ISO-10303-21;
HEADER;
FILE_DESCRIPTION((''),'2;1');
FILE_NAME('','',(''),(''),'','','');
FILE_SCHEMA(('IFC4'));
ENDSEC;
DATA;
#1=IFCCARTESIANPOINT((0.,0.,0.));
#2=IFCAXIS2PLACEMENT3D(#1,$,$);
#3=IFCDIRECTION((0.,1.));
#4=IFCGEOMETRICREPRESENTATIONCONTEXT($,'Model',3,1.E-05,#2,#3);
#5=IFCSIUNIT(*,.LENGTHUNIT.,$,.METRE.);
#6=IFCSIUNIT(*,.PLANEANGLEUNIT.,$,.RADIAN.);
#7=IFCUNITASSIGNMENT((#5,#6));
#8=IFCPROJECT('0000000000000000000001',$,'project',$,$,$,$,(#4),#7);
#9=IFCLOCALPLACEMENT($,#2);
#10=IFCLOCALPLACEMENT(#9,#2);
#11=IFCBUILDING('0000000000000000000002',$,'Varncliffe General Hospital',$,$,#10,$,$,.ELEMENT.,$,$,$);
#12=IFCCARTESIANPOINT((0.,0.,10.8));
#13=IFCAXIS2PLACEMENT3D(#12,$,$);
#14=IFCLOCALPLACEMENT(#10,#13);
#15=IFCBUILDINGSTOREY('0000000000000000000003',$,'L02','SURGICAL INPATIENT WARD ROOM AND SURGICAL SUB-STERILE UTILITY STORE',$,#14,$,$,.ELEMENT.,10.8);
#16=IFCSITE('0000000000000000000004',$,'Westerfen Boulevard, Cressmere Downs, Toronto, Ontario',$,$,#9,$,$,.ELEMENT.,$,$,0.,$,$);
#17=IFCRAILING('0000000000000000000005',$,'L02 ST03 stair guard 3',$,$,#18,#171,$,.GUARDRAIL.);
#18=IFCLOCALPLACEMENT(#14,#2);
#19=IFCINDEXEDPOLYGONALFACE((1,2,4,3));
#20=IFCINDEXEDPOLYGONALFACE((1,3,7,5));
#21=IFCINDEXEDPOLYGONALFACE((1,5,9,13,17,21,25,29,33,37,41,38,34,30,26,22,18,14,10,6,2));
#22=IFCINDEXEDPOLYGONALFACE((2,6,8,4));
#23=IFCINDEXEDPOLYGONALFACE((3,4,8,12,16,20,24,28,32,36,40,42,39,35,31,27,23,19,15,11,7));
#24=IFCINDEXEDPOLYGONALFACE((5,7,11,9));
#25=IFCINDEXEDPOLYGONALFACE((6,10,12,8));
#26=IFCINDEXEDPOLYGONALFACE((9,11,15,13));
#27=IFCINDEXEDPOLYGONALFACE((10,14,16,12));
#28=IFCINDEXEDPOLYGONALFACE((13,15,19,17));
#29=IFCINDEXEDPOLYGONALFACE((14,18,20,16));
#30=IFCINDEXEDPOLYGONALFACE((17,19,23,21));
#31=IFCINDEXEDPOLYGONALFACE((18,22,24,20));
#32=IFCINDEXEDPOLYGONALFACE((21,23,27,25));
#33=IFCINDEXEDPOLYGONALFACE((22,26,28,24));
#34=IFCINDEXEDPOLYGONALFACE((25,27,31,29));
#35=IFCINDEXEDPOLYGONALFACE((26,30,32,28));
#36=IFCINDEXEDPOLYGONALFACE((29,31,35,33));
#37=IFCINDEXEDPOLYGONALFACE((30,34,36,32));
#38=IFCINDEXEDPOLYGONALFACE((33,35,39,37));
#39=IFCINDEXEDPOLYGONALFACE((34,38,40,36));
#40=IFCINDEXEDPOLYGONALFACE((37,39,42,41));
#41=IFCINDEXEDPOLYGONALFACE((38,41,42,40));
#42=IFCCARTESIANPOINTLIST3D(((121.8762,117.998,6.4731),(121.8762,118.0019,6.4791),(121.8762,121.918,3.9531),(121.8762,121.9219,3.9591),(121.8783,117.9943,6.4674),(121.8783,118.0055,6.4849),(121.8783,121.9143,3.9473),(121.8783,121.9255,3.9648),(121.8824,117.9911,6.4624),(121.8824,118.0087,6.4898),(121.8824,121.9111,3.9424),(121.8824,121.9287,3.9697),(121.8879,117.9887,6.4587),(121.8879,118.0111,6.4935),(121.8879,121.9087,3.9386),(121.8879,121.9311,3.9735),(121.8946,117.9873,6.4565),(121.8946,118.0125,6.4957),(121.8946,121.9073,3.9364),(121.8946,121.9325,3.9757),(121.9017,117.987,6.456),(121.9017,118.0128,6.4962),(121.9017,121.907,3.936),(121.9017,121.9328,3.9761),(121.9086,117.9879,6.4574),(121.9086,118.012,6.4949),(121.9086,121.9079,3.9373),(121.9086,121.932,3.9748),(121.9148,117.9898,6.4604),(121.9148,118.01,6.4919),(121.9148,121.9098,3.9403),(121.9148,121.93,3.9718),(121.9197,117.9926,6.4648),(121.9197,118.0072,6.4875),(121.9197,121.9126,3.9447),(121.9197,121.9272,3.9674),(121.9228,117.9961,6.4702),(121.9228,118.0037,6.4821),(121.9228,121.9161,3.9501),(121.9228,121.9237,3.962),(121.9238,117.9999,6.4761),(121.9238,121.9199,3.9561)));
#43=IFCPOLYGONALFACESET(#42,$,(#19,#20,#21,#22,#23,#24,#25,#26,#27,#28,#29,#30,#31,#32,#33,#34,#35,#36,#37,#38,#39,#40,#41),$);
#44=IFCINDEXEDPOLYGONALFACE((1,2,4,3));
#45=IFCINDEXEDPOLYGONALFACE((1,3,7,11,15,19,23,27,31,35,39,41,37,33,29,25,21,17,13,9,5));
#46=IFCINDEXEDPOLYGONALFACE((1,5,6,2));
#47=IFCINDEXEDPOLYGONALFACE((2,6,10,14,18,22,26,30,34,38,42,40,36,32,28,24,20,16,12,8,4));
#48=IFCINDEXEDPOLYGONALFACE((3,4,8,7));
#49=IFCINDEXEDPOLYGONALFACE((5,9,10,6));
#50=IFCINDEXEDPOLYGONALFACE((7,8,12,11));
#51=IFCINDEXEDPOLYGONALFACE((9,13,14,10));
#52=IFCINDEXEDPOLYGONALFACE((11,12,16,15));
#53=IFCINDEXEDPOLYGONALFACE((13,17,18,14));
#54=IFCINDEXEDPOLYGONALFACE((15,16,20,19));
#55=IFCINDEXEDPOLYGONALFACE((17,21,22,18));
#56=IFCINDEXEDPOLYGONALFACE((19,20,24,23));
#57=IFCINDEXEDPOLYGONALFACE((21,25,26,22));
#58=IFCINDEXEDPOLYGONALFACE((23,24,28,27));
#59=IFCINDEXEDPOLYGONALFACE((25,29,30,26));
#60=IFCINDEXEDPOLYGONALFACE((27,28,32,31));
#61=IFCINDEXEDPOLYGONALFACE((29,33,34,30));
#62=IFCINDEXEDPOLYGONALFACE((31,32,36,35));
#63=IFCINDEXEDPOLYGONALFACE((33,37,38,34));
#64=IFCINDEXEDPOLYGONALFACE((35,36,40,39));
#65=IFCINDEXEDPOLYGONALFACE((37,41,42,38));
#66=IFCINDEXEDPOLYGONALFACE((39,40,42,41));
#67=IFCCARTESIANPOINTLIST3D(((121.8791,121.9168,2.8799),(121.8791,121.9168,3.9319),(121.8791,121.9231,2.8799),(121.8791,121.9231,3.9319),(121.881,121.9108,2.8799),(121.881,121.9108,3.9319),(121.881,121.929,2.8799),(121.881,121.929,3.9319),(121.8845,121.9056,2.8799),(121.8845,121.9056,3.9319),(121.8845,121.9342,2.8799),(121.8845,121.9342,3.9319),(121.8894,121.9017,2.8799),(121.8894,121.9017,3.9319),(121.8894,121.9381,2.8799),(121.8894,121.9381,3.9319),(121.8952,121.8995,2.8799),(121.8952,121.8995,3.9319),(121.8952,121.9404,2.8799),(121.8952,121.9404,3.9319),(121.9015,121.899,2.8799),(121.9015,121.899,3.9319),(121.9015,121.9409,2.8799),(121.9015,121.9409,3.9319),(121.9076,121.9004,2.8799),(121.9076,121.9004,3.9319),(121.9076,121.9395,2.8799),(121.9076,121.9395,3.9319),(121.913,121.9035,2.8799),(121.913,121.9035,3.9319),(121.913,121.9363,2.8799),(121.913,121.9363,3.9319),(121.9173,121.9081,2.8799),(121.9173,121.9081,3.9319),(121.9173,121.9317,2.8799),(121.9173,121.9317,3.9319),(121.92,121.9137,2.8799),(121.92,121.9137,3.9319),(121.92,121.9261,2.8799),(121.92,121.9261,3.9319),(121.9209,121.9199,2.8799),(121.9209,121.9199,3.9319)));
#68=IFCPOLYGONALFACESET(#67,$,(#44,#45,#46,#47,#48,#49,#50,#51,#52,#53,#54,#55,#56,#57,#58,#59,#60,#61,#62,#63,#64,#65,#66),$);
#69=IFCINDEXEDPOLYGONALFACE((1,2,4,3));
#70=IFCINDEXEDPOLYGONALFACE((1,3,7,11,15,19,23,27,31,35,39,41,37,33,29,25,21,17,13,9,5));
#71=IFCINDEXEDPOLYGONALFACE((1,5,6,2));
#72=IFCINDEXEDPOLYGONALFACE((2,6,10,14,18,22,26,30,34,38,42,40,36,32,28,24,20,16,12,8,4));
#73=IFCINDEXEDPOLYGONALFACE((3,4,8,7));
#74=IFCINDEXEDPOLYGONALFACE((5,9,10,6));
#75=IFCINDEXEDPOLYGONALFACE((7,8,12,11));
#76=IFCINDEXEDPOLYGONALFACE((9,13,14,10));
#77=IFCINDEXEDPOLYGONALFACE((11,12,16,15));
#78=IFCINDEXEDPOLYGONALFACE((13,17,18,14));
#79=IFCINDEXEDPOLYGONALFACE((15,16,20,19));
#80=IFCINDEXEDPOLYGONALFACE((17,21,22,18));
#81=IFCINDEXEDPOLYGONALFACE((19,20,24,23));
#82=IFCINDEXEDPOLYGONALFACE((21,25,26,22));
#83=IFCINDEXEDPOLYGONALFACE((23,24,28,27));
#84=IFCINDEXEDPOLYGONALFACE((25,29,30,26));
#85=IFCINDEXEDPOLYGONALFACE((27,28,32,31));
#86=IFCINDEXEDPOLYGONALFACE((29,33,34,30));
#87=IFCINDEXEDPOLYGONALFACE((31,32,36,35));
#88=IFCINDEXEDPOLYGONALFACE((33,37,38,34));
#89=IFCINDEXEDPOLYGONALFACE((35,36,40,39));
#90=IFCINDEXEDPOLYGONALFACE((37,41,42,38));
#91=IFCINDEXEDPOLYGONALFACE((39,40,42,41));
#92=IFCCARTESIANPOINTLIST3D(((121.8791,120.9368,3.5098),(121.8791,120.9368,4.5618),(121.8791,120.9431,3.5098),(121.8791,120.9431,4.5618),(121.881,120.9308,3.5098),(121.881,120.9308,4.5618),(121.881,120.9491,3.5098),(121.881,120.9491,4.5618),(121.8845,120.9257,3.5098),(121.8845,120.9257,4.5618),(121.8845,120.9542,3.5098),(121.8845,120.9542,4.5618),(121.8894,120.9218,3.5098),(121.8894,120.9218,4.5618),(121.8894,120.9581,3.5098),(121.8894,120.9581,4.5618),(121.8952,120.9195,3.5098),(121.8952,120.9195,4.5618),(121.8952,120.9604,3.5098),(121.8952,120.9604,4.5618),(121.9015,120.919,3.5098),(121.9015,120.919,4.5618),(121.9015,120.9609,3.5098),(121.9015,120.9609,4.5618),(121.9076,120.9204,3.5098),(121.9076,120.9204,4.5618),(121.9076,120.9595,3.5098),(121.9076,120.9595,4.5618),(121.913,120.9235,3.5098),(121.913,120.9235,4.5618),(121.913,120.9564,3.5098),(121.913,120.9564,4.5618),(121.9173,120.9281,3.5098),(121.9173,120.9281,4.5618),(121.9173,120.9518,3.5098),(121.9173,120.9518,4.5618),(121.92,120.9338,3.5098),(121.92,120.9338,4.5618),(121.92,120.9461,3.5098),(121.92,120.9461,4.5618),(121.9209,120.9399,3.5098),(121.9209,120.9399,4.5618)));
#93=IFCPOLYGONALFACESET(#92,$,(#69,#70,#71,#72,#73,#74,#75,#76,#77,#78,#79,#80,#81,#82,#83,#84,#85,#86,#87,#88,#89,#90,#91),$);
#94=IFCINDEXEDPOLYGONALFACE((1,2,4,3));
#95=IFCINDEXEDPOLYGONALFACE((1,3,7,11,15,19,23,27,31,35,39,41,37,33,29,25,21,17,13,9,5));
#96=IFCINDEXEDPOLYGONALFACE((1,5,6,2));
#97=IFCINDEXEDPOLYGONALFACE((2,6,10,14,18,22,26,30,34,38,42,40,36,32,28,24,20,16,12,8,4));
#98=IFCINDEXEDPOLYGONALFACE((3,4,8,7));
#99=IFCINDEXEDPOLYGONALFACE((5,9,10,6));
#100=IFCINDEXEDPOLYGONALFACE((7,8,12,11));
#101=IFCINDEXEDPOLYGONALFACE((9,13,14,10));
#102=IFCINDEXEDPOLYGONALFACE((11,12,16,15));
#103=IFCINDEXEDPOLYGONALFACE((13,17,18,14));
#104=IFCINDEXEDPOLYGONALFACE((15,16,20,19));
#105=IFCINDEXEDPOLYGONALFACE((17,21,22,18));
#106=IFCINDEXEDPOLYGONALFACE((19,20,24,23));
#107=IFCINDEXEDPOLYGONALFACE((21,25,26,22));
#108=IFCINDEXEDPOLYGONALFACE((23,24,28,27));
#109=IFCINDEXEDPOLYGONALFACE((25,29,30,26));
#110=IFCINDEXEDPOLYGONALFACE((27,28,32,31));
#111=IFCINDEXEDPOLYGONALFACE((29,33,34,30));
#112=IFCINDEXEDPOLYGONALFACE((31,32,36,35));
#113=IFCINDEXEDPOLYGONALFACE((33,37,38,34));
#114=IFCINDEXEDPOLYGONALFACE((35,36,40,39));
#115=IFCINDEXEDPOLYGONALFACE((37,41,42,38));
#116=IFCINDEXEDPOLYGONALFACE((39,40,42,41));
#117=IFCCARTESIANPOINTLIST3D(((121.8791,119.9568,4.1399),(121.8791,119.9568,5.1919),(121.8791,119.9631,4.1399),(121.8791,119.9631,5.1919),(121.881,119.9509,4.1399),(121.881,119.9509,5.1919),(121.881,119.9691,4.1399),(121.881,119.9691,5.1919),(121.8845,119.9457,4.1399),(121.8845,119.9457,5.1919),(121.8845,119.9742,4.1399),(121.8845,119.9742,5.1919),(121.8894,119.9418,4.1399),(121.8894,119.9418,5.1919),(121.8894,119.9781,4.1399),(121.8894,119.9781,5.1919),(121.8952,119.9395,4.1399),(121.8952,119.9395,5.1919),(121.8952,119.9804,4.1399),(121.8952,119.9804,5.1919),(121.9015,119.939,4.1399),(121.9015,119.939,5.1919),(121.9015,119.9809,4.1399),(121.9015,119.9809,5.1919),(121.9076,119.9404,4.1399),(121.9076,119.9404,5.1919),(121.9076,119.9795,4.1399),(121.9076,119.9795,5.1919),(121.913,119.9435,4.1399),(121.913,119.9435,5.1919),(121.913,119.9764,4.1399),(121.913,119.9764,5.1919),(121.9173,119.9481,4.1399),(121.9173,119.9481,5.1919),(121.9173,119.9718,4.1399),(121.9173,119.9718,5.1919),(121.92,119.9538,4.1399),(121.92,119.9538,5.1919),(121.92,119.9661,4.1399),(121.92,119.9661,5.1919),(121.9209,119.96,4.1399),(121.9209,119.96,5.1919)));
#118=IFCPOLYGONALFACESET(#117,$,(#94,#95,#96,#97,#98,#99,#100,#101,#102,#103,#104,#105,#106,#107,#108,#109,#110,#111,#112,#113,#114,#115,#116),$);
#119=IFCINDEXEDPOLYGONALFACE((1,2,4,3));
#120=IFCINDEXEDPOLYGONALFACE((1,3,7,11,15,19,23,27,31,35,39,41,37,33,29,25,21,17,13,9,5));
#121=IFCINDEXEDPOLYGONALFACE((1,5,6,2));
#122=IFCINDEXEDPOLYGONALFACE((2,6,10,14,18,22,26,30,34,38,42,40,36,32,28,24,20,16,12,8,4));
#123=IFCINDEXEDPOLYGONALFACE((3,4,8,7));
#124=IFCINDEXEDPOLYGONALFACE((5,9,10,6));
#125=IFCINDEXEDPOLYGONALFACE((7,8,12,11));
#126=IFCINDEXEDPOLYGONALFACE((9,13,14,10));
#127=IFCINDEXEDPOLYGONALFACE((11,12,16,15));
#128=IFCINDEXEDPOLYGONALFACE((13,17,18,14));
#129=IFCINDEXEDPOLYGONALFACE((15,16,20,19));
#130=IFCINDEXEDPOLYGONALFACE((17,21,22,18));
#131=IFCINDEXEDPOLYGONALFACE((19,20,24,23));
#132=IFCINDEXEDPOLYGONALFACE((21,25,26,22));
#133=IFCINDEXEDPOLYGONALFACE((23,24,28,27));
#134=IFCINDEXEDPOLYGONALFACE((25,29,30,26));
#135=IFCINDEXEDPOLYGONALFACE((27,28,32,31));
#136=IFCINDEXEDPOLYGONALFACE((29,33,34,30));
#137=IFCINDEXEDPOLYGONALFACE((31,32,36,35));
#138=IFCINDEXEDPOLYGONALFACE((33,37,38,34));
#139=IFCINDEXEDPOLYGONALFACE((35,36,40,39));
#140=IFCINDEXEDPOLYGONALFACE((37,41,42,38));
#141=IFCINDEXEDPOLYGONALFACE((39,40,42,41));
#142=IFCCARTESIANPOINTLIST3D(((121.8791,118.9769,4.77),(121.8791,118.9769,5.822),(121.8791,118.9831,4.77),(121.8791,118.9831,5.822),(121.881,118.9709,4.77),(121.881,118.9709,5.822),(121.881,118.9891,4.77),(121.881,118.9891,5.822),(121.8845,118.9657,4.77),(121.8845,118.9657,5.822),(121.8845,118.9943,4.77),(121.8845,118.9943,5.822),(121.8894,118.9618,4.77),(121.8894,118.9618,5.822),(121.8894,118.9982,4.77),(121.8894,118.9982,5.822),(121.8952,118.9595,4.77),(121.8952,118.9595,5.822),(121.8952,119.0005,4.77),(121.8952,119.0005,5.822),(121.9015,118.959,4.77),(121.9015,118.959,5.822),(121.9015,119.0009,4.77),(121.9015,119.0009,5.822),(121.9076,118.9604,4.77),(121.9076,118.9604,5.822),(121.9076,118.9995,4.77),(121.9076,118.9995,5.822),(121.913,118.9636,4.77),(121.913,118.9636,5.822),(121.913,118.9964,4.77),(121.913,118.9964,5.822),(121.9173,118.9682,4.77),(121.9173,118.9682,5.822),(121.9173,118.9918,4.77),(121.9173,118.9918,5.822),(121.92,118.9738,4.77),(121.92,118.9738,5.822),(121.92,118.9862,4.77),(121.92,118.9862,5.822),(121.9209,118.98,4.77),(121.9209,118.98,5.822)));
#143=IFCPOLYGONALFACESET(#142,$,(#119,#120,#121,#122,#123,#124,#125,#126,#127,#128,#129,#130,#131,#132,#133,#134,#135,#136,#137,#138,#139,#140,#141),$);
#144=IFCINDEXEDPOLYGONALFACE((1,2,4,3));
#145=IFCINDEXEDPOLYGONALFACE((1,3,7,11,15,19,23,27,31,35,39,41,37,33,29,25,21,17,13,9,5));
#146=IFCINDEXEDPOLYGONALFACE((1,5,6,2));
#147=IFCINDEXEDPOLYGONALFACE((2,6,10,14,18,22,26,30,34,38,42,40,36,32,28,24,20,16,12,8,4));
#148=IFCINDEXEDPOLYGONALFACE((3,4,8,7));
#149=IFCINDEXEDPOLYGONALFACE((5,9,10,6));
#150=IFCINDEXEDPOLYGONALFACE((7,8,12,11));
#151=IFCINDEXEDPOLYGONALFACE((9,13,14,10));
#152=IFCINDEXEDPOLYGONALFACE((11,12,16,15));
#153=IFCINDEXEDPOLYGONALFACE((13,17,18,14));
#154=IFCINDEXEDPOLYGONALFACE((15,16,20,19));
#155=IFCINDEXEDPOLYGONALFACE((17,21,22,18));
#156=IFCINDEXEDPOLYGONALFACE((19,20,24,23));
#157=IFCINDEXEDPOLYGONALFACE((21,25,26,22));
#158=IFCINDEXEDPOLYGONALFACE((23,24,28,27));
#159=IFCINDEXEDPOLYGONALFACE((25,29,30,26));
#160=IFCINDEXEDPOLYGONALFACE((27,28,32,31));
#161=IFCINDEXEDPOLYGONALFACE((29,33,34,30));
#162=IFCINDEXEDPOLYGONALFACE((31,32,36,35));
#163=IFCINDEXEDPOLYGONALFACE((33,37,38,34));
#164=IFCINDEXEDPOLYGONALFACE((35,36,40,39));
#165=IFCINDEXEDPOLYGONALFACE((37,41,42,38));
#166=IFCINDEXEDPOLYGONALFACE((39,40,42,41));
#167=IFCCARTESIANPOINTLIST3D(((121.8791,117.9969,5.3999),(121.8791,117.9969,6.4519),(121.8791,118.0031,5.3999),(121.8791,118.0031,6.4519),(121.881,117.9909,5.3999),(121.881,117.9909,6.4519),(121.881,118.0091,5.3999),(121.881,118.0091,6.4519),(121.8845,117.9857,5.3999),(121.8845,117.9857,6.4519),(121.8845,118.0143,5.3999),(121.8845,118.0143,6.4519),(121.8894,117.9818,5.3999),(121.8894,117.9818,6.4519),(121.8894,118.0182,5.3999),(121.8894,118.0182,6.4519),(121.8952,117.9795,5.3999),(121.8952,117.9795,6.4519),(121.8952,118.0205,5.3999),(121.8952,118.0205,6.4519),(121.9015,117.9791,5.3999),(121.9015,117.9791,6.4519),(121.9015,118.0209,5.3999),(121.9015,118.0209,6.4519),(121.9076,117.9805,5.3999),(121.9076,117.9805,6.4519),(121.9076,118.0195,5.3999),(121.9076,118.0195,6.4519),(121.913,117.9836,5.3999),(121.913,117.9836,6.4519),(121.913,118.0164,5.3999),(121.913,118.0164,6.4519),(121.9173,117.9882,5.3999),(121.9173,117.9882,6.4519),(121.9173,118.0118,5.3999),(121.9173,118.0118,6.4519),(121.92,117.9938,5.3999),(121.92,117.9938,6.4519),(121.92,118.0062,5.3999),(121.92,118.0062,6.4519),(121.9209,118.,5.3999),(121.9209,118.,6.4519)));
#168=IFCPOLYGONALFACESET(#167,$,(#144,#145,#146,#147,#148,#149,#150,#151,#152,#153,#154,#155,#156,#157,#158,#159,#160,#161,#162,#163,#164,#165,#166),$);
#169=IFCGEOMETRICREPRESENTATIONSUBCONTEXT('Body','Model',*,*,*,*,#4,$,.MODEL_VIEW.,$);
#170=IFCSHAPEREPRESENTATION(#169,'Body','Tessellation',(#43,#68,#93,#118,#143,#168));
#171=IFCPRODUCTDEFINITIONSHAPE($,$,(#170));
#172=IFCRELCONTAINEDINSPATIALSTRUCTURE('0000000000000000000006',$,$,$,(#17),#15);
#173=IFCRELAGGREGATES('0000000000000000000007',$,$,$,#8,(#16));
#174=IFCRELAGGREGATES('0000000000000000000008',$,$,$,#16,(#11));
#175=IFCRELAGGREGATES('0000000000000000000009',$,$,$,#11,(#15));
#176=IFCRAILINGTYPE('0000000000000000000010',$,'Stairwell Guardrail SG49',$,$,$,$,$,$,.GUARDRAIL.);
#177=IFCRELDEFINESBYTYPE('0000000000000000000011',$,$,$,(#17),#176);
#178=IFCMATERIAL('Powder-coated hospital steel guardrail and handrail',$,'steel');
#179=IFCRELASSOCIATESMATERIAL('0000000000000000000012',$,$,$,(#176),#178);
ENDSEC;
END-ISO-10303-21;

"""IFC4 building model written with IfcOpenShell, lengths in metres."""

from ifc_helpers import new_model, si_unit, direction, frame, origin, origin_2d, place, context, subcontext, project, spatial, circle, extrude, material, type_object, element, save


model = new_model("IFC4")

# Units and contexts
model_context = context("Model", 3, precision=1e-05, world=origin(), true_north=direction((0.0, 1.0)))
body_context = subcontext(model_context, "Body", "Model", "MODEL_VIEW")
ifc_project = project(units=[si_unit("LENGTHUNIT", "METRE"), si_unit("PLANEANGLEUNIT", "RADIAN")], contexts=[model_context])

# Site, building, storey
site_placement = place(None, origin())
site = spatial("IfcSite", under=ifc_project, at=site_placement, Name="Westerfen Boulevard, Cressmere Downs, Toronto, Ontario", CompositionType="ELEMENT", RefElevation=0.0)
building_placement = place(site_placement, origin())
building = spatial("IfcBuilding", under=site, at=building_placement, Name="Varncliffe General Hospital", CompositionType="ELEMENT")
storey_placement = place(building_placement, frame((0.0, 0.0, 10.8)))
storey = spatial("IfcBuildingStorey", under=building, at=storey_placement, Name="L02", Description="SURGICAL INPATIENT WARD ROOM AND SURGICAL SUB-STERILE UTILITY STORE", CompositionType="ELEMENT", Elevation=10.8)

# Railing
ifc_material_1 = material(Name="Powder-coated hospital steel guardrail and handrail", Category="steel")
railing_type_1 = type_object("IfcRailingType", Name="Stairwell Guardrail SG49", PredefinedType="GUARDRAIL", material=ifc_material_1)
railing_1_placement = place(storey_placement, frame((121.8999, 121.9199, 2.8799)))
element("IfcRailing", 1, at=railing_1_placement, inside=storey, type_object=railing_type_1, Name="L02 ST03 stair guard 3", PredefinedType="GUARDRAIL", context=body_context, shape_type="SweptSolid", body=[
    extrude(circle(Radius=0.0239, at=origin_2d()), frame((0.0, 0.0, 1.0762), z_axis=(0.0, -0.841172, 0.540768), x_axis=(1.0, 0.0, 0.0)), (0.0, 0.0, 1.0), 4.6602),
    extrude(circle(Radius=0.021, at=origin_2d()), origin(), (0.0, 0.0, 1.0), 1.052),
    extrude(circle(Radius=0.021, at=origin_2d()), frame((0.0, -0.98, 0.6299)), (0.0, 0.0, 1.0), 1.052),
    extrude(circle(Radius=0.021, at=origin_2d()), frame((0.0, -1.96, 1.26)), (0.0, 0.0, 1.0), 1.052),
    extrude(circle(Radius=0.021, at=origin_2d()), frame((0.0, -2.9399, 1.8901)), (0.0, 0.0, 1.0), 1.052),
    extrude(circle(Radius=0.021, at=origin_2d()), frame((0.0, -3.9199, 2.52)), (0.0, 0.0, 1.0), 1.052),
])

save(model, "model.ifc")
